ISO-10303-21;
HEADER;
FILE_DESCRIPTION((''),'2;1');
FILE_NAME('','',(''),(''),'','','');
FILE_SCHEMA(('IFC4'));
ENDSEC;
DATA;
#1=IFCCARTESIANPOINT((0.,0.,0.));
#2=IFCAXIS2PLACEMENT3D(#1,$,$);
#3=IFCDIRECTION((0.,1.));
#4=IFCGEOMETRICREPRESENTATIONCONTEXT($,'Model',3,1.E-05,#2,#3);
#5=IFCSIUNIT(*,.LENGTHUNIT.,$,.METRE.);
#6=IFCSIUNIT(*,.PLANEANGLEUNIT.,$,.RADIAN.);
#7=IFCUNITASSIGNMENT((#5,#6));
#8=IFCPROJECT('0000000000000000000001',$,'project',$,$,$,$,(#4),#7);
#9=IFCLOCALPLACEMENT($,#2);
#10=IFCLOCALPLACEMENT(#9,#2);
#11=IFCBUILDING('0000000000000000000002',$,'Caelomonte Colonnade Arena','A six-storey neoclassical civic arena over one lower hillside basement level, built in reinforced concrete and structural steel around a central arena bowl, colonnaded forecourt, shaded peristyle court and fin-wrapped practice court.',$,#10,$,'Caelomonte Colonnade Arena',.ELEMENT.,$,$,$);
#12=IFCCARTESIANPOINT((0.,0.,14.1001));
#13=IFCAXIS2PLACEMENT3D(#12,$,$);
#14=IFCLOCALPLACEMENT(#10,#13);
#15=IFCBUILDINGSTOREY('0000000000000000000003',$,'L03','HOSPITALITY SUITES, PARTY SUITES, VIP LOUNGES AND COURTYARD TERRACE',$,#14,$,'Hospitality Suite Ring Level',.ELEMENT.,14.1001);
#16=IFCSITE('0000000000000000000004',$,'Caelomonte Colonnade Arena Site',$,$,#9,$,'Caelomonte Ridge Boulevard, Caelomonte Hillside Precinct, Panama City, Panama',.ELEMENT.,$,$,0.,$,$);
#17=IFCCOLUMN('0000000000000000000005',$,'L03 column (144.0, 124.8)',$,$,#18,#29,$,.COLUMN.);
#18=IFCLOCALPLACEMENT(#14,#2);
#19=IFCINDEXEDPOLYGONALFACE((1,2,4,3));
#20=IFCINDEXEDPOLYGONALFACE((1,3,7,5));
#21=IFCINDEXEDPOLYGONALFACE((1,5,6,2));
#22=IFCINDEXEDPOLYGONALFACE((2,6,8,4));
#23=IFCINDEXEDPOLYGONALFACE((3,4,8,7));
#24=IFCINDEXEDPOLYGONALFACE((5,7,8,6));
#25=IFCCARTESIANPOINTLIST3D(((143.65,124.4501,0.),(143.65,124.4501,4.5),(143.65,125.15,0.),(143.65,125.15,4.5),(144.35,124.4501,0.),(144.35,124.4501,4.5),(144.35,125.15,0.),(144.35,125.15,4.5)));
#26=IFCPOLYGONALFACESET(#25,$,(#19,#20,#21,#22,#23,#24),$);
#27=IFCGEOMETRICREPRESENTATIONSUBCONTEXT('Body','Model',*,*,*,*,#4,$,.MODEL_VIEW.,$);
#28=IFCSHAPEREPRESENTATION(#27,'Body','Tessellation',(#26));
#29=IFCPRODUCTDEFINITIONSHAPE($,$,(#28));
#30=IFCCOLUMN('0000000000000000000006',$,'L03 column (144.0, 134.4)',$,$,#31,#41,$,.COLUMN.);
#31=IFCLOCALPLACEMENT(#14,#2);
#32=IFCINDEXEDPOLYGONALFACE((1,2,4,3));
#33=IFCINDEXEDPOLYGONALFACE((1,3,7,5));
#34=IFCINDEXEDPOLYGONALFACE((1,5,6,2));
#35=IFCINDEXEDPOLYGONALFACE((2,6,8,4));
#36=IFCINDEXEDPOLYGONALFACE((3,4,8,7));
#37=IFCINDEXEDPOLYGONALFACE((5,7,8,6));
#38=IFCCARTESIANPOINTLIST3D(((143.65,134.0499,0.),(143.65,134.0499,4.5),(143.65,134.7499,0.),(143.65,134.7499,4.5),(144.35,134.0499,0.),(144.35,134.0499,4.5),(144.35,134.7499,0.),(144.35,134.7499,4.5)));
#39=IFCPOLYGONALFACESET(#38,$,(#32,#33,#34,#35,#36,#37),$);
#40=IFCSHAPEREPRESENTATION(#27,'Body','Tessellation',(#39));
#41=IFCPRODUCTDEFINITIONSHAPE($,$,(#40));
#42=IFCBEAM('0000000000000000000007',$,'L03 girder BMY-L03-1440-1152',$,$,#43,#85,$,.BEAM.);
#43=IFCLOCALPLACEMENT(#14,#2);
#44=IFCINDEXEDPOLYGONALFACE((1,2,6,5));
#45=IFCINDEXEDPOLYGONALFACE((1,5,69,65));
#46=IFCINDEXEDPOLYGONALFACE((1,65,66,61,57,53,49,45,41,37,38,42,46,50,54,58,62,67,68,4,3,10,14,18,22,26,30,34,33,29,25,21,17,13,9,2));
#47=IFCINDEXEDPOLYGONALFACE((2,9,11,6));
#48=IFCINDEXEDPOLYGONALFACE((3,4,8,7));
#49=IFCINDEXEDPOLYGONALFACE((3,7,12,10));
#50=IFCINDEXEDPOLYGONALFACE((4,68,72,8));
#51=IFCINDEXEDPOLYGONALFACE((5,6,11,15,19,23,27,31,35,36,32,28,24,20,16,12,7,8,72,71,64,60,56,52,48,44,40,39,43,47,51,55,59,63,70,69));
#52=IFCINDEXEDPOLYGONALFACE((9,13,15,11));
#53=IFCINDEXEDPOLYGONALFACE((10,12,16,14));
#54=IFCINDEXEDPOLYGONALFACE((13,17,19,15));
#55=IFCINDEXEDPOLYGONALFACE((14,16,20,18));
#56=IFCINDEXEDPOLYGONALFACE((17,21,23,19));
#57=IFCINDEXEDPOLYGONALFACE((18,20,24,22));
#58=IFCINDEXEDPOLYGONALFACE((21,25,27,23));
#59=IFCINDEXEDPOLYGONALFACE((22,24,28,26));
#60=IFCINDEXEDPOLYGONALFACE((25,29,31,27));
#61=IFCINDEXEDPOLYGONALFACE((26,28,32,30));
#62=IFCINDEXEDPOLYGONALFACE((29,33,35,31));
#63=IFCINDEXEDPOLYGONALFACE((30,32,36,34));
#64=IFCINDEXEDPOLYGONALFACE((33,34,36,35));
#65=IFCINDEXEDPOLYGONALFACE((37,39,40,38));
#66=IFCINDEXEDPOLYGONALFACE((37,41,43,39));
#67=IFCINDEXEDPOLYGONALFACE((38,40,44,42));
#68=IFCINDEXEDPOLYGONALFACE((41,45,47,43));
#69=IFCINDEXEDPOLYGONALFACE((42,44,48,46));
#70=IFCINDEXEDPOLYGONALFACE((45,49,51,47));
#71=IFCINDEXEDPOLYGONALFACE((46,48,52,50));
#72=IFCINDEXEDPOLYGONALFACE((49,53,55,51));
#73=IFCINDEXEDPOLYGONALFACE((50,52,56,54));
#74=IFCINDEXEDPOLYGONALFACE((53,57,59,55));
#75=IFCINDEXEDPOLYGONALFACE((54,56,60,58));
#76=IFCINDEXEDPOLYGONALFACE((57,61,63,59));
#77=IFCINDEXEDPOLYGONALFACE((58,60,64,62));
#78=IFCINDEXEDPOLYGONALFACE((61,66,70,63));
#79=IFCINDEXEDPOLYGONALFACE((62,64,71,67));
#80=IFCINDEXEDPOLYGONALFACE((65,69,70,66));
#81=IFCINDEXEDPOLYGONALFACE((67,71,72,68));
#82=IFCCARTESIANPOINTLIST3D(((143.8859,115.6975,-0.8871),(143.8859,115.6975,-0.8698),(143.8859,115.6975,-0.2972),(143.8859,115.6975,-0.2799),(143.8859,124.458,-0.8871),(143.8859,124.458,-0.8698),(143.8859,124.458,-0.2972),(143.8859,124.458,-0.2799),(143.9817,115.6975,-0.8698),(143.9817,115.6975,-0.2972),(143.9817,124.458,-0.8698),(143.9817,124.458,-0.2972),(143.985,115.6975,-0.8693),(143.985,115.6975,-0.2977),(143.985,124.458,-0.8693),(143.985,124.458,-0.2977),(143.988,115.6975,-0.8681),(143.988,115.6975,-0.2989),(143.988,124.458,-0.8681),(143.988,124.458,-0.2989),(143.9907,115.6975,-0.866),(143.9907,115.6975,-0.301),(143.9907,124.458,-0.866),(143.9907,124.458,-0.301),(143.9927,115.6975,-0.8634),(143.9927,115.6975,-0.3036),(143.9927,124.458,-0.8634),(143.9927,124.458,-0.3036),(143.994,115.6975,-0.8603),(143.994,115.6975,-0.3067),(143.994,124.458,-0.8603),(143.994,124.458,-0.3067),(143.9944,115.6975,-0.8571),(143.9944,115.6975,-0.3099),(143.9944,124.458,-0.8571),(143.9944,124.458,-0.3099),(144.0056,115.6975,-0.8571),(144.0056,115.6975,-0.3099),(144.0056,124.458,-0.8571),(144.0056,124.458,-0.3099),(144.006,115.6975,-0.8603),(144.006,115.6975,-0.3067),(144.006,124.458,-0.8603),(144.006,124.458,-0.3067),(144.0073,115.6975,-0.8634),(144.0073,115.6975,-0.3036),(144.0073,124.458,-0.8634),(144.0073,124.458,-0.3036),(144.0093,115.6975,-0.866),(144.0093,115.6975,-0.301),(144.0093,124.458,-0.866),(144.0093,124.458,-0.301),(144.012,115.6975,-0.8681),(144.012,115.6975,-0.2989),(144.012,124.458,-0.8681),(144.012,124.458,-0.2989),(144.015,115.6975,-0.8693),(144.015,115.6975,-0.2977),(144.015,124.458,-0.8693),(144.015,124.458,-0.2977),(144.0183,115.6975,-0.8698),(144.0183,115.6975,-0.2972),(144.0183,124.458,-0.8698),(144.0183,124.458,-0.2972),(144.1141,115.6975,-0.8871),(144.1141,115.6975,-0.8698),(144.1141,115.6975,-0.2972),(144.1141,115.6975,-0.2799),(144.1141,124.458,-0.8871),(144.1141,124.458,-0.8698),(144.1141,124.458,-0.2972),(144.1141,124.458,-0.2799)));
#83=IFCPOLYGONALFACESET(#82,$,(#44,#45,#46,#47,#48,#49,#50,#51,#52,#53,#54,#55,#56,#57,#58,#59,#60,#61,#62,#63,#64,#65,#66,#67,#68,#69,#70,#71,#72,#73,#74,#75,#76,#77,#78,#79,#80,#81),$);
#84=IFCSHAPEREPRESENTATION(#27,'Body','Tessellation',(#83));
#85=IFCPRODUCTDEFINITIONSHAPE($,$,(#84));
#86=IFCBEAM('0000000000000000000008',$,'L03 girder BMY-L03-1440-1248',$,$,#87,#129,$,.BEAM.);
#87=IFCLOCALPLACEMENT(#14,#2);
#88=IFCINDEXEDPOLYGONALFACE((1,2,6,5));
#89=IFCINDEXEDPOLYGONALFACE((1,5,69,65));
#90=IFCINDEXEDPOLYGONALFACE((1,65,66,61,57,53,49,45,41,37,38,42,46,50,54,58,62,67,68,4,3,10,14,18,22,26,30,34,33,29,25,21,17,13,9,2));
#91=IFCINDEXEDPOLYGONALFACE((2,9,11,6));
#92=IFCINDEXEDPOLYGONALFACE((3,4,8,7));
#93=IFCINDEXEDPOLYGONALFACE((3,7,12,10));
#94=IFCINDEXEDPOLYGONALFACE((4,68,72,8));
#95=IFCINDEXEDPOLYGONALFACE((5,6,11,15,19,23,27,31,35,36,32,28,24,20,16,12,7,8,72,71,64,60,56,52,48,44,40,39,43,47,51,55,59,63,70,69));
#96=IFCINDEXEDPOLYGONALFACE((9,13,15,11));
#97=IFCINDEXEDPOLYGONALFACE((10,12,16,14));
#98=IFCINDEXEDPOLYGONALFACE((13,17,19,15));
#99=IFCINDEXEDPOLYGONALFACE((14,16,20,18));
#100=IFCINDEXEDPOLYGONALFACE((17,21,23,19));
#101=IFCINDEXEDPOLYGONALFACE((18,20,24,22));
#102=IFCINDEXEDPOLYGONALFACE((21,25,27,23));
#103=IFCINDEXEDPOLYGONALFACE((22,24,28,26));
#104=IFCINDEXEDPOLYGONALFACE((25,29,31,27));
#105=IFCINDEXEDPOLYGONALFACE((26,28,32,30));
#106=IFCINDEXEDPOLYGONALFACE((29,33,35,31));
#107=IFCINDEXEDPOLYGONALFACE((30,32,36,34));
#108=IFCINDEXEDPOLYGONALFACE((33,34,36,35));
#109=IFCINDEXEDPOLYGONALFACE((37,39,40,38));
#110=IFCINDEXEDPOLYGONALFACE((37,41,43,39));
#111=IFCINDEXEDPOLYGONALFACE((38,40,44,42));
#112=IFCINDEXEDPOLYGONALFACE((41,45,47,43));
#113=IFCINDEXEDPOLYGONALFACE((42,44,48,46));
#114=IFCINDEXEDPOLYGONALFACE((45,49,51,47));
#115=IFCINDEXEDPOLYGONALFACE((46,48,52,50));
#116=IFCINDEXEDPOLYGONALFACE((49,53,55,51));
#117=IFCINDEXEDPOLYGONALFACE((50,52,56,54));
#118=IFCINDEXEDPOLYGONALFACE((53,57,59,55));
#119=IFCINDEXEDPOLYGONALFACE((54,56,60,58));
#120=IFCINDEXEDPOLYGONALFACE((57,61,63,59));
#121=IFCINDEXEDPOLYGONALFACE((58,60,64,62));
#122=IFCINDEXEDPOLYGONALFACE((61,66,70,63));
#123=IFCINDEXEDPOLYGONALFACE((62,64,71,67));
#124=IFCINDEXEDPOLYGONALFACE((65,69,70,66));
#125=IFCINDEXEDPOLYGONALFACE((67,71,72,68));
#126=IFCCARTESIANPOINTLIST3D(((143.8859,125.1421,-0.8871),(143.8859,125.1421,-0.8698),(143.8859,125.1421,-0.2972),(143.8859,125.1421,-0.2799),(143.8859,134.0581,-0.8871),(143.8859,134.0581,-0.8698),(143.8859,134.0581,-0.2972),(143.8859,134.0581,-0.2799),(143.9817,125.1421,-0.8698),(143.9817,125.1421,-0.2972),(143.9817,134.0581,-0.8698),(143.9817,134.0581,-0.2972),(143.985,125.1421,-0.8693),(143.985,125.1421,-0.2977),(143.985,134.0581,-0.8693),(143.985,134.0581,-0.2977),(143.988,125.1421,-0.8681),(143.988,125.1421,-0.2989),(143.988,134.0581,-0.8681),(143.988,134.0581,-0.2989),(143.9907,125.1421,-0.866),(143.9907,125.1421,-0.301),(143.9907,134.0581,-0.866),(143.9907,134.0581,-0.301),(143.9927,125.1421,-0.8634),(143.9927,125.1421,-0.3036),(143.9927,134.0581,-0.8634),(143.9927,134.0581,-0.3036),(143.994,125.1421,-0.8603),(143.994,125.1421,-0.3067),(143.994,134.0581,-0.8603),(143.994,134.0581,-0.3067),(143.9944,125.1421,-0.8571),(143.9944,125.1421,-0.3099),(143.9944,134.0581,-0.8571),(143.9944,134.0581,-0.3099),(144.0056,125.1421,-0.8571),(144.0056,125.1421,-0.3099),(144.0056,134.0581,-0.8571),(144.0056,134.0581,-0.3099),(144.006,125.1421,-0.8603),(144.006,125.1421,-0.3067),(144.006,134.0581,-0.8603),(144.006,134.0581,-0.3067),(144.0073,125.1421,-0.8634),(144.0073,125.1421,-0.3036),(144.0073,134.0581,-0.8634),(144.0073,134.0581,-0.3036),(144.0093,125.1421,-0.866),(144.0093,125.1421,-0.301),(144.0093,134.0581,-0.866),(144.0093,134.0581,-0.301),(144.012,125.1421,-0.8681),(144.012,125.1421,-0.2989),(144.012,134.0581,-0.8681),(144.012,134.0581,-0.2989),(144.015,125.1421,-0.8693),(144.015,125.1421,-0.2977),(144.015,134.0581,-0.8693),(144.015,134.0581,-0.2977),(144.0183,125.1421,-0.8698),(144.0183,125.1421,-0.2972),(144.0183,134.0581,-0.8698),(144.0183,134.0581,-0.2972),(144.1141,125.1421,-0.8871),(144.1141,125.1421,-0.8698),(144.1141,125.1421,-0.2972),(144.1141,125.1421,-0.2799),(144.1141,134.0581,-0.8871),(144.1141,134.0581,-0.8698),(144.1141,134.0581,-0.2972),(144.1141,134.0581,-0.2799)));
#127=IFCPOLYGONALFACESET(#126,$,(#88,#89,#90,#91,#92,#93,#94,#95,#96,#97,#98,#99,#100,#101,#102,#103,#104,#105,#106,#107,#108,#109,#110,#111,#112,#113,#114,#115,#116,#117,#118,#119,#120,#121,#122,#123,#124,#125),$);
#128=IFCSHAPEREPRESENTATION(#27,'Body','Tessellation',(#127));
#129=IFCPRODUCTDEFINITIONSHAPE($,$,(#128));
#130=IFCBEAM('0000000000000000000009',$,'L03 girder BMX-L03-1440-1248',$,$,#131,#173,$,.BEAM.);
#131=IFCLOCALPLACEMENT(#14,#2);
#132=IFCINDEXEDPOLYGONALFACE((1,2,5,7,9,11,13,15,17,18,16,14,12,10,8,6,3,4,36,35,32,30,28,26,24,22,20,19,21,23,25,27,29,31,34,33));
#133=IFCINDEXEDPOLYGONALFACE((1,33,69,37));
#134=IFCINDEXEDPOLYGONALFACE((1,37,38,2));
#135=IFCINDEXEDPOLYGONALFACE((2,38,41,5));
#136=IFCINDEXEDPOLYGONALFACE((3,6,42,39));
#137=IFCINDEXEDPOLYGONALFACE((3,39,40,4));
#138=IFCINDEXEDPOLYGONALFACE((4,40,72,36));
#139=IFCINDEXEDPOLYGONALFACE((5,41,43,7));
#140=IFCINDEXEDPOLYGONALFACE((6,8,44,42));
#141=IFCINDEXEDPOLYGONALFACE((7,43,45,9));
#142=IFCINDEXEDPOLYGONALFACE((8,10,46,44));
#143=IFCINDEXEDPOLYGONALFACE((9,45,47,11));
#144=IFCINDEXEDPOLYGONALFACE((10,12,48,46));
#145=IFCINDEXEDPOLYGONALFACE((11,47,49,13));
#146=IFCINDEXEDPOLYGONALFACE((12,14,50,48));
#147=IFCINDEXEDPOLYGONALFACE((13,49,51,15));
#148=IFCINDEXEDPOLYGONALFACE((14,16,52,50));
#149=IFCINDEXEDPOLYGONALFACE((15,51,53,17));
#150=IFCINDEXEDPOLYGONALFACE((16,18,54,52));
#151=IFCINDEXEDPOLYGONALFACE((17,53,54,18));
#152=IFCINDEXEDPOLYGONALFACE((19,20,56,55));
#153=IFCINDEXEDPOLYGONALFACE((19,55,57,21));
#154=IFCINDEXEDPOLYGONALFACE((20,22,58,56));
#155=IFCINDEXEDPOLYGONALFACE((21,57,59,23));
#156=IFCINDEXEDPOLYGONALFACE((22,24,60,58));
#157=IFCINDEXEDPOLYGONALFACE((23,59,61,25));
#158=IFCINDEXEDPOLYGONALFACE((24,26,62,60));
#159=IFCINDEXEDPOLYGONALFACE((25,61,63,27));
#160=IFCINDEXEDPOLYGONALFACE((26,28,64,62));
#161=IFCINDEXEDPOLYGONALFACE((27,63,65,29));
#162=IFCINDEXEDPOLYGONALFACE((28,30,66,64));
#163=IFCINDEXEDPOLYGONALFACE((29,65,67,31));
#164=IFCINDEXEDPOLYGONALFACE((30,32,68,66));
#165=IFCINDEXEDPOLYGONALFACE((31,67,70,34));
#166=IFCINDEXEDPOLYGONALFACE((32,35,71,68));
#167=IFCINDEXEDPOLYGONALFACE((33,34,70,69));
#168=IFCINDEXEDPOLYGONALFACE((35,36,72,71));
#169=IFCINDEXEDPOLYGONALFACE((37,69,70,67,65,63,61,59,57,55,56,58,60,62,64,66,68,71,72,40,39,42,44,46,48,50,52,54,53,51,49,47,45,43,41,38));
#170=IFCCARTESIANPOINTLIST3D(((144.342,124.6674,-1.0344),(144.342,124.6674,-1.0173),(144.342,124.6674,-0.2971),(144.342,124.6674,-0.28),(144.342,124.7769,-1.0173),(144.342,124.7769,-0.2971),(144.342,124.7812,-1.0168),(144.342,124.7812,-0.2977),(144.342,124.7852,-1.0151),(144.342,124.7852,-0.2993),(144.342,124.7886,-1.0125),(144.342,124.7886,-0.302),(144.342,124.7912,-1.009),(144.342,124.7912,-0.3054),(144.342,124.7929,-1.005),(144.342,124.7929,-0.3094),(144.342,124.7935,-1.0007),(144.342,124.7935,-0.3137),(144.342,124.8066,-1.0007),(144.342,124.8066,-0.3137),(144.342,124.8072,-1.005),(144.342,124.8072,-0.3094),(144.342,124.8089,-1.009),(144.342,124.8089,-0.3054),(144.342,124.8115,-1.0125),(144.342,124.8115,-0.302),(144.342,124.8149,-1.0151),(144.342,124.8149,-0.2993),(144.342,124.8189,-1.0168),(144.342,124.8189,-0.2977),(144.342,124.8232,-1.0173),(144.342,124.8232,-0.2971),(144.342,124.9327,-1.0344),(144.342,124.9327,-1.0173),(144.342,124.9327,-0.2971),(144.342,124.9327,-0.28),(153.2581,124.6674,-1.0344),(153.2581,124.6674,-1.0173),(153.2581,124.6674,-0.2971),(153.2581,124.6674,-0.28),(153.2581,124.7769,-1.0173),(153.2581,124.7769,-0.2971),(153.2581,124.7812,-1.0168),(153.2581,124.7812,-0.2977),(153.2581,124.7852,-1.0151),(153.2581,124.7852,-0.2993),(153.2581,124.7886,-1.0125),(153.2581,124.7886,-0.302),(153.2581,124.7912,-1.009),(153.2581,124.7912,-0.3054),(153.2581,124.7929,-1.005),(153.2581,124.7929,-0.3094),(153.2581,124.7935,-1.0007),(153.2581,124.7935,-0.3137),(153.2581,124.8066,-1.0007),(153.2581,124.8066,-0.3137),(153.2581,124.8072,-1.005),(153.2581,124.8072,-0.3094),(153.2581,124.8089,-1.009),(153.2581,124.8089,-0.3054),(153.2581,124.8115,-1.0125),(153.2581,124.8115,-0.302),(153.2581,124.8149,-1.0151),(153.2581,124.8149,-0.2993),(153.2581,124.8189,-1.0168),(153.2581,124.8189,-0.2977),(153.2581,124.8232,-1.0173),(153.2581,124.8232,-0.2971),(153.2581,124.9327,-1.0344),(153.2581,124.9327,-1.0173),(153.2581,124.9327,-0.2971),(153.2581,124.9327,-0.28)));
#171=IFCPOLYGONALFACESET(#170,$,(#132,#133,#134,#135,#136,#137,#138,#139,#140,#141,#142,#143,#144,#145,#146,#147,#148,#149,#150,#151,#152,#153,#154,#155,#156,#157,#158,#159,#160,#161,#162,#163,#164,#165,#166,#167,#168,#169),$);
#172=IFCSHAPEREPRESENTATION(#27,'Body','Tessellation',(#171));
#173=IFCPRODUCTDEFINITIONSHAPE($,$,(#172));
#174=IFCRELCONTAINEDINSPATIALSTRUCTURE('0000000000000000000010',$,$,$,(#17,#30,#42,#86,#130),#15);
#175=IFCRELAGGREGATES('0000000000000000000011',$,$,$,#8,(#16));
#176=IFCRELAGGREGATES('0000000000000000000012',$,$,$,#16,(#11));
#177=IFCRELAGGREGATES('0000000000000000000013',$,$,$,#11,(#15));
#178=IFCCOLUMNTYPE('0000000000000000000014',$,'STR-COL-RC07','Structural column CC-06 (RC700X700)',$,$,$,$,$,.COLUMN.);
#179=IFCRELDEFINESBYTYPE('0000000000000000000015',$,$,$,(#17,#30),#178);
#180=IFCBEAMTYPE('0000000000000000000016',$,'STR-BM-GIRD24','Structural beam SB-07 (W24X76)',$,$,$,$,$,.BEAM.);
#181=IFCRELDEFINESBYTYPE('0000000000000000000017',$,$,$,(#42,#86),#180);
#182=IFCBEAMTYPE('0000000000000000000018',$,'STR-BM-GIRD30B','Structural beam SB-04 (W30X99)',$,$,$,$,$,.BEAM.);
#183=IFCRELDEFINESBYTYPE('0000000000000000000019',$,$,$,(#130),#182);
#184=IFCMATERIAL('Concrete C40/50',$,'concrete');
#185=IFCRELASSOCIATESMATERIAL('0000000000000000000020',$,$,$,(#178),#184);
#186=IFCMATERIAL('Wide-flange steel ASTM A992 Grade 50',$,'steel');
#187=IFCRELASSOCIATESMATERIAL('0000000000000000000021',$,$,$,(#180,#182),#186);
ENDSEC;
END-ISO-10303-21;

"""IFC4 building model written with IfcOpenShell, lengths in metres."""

from ifc_helpers import new_model, si_unit, direction, frame, origin, origin_2d, place, context, subcontext, project, spatial, rectangle, i_section, extrude, material, material_profile, profile_set, type_object, element, save


model = new_model("IFC4")

# Units and contexts
model_context = context("Model", 3, precision=1e-05, world=origin(), true_north=direction((0.0, 1.0)))
body_context = subcontext(model_context, "Body", "Model", "MODEL_VIEW")
ifc_project = project(units=[si_unit("LENGTHUNIT", "METRE"), si_unit("PLANEANGLEUNIT", "RADIAN")], contexts=[model_context])

# Site, building, storey
site_placement = place(None, origin())
site = spatial("IfcSite", under=ifc_project, at=site_placement, Name="Caelomonte Colonnade Arena Site", LongName="Caelomonte Ridge Boulevard, Caelomonte Hillside Precinct, Panama City, Panama", CompositionType="ELEMENT", RefElevation=0.0)
building_placement = place(site_placement, origin())
building = spatial("IfcBuilding", under=site, at=building_placement, Name="Caelomonte Colonnade Arena", Description="A six-storey neoclassical civic arena over one lower hillside basement level, built in reinforced concrete and structural steel around a central arena bowl, colonnaded forecourt, shaded peristyle court and fin-wrapped practice court.", LongName="Caelomonte Colonnade Arena", CompositionType="ELEMENT")
storey_placement = place(building_placement, frame((0.0, 0.0, 14.1001)))
storey = spatial("IfcBuildingStorey", under=building, at=storey_placement, Name="L03", Description="HOSPITALITY SUITES, PARTY SUITES, VIP LOUNGES AND COURTYARD TERRACE", LongName="Hospitality Suite Ring Level", CompositionType="ELEMENT", Elevation=14.1001)

# Columns
ifc_material_1 = material(Name="Concrete C40/50", Category="concrete")
ifc_material_profile_1 = material_profile(ifc_material_1, rectangle(XDim=0.7, YDim=0.7, at=origin_2d()), Name="RC700X700")
ifc_profile_set_1 = profile_set([ifc_material_profile_1], Name="Concrete C40/50")
column_type = type_object("IfcColumnType", Name="STR-COL-RC07", Description="Structural column CC-06 (RC700X700)", PredefinedType="COLUMN", material=ifc_profile_set_1)
for number, where, z_axis, x_axis, name in (
    (1, (144.0, 124.8, 0.0), (0.0, 0.0, 1.0), (1.0, 0.0, 0.0), "L03 column (144.0, 124.8)"),
    (2, (144.0, 134.3999, 0.0), (0.0, 0.0, 1.0), (1.0, 0.0, 0.0), "L03 column (144.0, 134.4)"),
):
    element("IfcColumn", number, at=place(storey_placement, frame(where, z_axis=z_axis, x_axis=x_axis)), inside=storey, type_object=column_type, Name=name, PredefinedType="COLUMN", context=body_context, shape_type="SweptSolid", body=[
        extrude(rectangle(XDim=0.7, YDim=0.7, at=origin_2d()), origin(), (0.0, 0.0, 1.0), 4.5),
    ])

# Beams
ifc_material_2 = material(Name="Wide-flange steel ASTM A992 Grade 50", Category="steel")
ifc_material_profile_2 = material_profile(ifc_material_2, i_section(OverallWidth=0.2283, OverallDepth=0.6072, WebThickness=0.0112, FlangeThickness=0.0173, FilletRadius=0.0127, at=origin_2d()), Name="W24X76")
ifc_profile_set_2 = profile_set([ifc_material_profile_2], Name="Wide-flange steel ASTM A992 Grade 50")
beam_type_1 = type_object("IfcBeamType", Name="STR-BM-GIRD24", Description="Structural beam SB-07 (W24X76)", PredefinedType="BEAM", material=ifc_profile_set_2)
beam_1_placement = place(storey_placement, frame((144.0, 115.6975, -0.5835), z_axis=(0.0, 1.0, 0.0), x_axis=(-1.0, 0.0, 0.0)))
element("IfcBeam", 3, at=beam_1_placement, inside=storey, type_object=beam_type_1, Name="L03 girder BMY-L03-1440-1152", PredefinedType="BEAM", context=body_context, shape_type="SweptSolid", body=[
    extrude(i_section(OverallWidth=0.2283, OverallDepth=0.6072, WebThickness=0.0112, FlangeThickness=0.0173, FilletRadius=0.0127, at=origin_2d()), origin(), (0.0, 0.0, 1.0), 8.7605),
])
beam_2_placement = place(storey_placement, frame((144.0, 125.1421, -0.5835), z_axis=(0.0, 1.0, 0.0), x_axis=(-1.0, 0.0, 0.0)))
element("IfcBeam", 4, at=beam_2_placement, inside=storey, type_object=beam_type_1, Name="L03 girder BMY-L03-1440-1248", PredefinedType="BEAM", context=body_context, shape_type="SweptSolid", body=[
    extrude(i_section(OverallWidth=0.2283, OverallDepth=0.6072, WebThickness=0.0112, FlangeThickness=0.0173, FilletRadius=0.0127, at=origin_2d()), origin(), (0.0, 0.0, 1.0), 8.916),
])
ifc_material_profile_3 = material_profile(ifc_material_2, i_section(OverallWidth=0.2654, OverallDepth=0.7544, WebThickness=0.0132, FlangeThickness=0.0171, FilletRadius=0.0166, at=origin_2d()), Name="W30X99")
ifc_profile_set_3 = profile_set([ifc_material_profile_3], Name="Wide-flange steel ASTM A992 Grade 50")
beam_type_2 = type_object("IfcBeamType", Name="STR-BM-GIRD30B", Description="Structural beam SB-04 (W30X99)", PredefinedType="BEAM", material=ifc_profile_set_3)
beam_3_placement = place(storey_placement, frame((144.342, 124.8, -0.6572), z_axis=(1.0, 0.0, 0.0), x_axis=(0.0, 1.0, 0.0)))
element("IfcBeam", 5, at=beam_3_placement, inside=storey, type_object=beam_type_2, Name="L03 girder BMX-L03-1440-1248", PredefinedType="BEAM", context=body_context, shape_type="SweptSolid", body=[
    extrude(i_section(OverallWidth=0.2654, OverallDepth=0.7544, WebThickness=0.0132, FlangeThickness=0.0171, FilletRadius=0.0166, at=origin_2d()), origin(), (0.0, 0.0, 1.0), 8.916),
])

save(model, "model.ifc")
